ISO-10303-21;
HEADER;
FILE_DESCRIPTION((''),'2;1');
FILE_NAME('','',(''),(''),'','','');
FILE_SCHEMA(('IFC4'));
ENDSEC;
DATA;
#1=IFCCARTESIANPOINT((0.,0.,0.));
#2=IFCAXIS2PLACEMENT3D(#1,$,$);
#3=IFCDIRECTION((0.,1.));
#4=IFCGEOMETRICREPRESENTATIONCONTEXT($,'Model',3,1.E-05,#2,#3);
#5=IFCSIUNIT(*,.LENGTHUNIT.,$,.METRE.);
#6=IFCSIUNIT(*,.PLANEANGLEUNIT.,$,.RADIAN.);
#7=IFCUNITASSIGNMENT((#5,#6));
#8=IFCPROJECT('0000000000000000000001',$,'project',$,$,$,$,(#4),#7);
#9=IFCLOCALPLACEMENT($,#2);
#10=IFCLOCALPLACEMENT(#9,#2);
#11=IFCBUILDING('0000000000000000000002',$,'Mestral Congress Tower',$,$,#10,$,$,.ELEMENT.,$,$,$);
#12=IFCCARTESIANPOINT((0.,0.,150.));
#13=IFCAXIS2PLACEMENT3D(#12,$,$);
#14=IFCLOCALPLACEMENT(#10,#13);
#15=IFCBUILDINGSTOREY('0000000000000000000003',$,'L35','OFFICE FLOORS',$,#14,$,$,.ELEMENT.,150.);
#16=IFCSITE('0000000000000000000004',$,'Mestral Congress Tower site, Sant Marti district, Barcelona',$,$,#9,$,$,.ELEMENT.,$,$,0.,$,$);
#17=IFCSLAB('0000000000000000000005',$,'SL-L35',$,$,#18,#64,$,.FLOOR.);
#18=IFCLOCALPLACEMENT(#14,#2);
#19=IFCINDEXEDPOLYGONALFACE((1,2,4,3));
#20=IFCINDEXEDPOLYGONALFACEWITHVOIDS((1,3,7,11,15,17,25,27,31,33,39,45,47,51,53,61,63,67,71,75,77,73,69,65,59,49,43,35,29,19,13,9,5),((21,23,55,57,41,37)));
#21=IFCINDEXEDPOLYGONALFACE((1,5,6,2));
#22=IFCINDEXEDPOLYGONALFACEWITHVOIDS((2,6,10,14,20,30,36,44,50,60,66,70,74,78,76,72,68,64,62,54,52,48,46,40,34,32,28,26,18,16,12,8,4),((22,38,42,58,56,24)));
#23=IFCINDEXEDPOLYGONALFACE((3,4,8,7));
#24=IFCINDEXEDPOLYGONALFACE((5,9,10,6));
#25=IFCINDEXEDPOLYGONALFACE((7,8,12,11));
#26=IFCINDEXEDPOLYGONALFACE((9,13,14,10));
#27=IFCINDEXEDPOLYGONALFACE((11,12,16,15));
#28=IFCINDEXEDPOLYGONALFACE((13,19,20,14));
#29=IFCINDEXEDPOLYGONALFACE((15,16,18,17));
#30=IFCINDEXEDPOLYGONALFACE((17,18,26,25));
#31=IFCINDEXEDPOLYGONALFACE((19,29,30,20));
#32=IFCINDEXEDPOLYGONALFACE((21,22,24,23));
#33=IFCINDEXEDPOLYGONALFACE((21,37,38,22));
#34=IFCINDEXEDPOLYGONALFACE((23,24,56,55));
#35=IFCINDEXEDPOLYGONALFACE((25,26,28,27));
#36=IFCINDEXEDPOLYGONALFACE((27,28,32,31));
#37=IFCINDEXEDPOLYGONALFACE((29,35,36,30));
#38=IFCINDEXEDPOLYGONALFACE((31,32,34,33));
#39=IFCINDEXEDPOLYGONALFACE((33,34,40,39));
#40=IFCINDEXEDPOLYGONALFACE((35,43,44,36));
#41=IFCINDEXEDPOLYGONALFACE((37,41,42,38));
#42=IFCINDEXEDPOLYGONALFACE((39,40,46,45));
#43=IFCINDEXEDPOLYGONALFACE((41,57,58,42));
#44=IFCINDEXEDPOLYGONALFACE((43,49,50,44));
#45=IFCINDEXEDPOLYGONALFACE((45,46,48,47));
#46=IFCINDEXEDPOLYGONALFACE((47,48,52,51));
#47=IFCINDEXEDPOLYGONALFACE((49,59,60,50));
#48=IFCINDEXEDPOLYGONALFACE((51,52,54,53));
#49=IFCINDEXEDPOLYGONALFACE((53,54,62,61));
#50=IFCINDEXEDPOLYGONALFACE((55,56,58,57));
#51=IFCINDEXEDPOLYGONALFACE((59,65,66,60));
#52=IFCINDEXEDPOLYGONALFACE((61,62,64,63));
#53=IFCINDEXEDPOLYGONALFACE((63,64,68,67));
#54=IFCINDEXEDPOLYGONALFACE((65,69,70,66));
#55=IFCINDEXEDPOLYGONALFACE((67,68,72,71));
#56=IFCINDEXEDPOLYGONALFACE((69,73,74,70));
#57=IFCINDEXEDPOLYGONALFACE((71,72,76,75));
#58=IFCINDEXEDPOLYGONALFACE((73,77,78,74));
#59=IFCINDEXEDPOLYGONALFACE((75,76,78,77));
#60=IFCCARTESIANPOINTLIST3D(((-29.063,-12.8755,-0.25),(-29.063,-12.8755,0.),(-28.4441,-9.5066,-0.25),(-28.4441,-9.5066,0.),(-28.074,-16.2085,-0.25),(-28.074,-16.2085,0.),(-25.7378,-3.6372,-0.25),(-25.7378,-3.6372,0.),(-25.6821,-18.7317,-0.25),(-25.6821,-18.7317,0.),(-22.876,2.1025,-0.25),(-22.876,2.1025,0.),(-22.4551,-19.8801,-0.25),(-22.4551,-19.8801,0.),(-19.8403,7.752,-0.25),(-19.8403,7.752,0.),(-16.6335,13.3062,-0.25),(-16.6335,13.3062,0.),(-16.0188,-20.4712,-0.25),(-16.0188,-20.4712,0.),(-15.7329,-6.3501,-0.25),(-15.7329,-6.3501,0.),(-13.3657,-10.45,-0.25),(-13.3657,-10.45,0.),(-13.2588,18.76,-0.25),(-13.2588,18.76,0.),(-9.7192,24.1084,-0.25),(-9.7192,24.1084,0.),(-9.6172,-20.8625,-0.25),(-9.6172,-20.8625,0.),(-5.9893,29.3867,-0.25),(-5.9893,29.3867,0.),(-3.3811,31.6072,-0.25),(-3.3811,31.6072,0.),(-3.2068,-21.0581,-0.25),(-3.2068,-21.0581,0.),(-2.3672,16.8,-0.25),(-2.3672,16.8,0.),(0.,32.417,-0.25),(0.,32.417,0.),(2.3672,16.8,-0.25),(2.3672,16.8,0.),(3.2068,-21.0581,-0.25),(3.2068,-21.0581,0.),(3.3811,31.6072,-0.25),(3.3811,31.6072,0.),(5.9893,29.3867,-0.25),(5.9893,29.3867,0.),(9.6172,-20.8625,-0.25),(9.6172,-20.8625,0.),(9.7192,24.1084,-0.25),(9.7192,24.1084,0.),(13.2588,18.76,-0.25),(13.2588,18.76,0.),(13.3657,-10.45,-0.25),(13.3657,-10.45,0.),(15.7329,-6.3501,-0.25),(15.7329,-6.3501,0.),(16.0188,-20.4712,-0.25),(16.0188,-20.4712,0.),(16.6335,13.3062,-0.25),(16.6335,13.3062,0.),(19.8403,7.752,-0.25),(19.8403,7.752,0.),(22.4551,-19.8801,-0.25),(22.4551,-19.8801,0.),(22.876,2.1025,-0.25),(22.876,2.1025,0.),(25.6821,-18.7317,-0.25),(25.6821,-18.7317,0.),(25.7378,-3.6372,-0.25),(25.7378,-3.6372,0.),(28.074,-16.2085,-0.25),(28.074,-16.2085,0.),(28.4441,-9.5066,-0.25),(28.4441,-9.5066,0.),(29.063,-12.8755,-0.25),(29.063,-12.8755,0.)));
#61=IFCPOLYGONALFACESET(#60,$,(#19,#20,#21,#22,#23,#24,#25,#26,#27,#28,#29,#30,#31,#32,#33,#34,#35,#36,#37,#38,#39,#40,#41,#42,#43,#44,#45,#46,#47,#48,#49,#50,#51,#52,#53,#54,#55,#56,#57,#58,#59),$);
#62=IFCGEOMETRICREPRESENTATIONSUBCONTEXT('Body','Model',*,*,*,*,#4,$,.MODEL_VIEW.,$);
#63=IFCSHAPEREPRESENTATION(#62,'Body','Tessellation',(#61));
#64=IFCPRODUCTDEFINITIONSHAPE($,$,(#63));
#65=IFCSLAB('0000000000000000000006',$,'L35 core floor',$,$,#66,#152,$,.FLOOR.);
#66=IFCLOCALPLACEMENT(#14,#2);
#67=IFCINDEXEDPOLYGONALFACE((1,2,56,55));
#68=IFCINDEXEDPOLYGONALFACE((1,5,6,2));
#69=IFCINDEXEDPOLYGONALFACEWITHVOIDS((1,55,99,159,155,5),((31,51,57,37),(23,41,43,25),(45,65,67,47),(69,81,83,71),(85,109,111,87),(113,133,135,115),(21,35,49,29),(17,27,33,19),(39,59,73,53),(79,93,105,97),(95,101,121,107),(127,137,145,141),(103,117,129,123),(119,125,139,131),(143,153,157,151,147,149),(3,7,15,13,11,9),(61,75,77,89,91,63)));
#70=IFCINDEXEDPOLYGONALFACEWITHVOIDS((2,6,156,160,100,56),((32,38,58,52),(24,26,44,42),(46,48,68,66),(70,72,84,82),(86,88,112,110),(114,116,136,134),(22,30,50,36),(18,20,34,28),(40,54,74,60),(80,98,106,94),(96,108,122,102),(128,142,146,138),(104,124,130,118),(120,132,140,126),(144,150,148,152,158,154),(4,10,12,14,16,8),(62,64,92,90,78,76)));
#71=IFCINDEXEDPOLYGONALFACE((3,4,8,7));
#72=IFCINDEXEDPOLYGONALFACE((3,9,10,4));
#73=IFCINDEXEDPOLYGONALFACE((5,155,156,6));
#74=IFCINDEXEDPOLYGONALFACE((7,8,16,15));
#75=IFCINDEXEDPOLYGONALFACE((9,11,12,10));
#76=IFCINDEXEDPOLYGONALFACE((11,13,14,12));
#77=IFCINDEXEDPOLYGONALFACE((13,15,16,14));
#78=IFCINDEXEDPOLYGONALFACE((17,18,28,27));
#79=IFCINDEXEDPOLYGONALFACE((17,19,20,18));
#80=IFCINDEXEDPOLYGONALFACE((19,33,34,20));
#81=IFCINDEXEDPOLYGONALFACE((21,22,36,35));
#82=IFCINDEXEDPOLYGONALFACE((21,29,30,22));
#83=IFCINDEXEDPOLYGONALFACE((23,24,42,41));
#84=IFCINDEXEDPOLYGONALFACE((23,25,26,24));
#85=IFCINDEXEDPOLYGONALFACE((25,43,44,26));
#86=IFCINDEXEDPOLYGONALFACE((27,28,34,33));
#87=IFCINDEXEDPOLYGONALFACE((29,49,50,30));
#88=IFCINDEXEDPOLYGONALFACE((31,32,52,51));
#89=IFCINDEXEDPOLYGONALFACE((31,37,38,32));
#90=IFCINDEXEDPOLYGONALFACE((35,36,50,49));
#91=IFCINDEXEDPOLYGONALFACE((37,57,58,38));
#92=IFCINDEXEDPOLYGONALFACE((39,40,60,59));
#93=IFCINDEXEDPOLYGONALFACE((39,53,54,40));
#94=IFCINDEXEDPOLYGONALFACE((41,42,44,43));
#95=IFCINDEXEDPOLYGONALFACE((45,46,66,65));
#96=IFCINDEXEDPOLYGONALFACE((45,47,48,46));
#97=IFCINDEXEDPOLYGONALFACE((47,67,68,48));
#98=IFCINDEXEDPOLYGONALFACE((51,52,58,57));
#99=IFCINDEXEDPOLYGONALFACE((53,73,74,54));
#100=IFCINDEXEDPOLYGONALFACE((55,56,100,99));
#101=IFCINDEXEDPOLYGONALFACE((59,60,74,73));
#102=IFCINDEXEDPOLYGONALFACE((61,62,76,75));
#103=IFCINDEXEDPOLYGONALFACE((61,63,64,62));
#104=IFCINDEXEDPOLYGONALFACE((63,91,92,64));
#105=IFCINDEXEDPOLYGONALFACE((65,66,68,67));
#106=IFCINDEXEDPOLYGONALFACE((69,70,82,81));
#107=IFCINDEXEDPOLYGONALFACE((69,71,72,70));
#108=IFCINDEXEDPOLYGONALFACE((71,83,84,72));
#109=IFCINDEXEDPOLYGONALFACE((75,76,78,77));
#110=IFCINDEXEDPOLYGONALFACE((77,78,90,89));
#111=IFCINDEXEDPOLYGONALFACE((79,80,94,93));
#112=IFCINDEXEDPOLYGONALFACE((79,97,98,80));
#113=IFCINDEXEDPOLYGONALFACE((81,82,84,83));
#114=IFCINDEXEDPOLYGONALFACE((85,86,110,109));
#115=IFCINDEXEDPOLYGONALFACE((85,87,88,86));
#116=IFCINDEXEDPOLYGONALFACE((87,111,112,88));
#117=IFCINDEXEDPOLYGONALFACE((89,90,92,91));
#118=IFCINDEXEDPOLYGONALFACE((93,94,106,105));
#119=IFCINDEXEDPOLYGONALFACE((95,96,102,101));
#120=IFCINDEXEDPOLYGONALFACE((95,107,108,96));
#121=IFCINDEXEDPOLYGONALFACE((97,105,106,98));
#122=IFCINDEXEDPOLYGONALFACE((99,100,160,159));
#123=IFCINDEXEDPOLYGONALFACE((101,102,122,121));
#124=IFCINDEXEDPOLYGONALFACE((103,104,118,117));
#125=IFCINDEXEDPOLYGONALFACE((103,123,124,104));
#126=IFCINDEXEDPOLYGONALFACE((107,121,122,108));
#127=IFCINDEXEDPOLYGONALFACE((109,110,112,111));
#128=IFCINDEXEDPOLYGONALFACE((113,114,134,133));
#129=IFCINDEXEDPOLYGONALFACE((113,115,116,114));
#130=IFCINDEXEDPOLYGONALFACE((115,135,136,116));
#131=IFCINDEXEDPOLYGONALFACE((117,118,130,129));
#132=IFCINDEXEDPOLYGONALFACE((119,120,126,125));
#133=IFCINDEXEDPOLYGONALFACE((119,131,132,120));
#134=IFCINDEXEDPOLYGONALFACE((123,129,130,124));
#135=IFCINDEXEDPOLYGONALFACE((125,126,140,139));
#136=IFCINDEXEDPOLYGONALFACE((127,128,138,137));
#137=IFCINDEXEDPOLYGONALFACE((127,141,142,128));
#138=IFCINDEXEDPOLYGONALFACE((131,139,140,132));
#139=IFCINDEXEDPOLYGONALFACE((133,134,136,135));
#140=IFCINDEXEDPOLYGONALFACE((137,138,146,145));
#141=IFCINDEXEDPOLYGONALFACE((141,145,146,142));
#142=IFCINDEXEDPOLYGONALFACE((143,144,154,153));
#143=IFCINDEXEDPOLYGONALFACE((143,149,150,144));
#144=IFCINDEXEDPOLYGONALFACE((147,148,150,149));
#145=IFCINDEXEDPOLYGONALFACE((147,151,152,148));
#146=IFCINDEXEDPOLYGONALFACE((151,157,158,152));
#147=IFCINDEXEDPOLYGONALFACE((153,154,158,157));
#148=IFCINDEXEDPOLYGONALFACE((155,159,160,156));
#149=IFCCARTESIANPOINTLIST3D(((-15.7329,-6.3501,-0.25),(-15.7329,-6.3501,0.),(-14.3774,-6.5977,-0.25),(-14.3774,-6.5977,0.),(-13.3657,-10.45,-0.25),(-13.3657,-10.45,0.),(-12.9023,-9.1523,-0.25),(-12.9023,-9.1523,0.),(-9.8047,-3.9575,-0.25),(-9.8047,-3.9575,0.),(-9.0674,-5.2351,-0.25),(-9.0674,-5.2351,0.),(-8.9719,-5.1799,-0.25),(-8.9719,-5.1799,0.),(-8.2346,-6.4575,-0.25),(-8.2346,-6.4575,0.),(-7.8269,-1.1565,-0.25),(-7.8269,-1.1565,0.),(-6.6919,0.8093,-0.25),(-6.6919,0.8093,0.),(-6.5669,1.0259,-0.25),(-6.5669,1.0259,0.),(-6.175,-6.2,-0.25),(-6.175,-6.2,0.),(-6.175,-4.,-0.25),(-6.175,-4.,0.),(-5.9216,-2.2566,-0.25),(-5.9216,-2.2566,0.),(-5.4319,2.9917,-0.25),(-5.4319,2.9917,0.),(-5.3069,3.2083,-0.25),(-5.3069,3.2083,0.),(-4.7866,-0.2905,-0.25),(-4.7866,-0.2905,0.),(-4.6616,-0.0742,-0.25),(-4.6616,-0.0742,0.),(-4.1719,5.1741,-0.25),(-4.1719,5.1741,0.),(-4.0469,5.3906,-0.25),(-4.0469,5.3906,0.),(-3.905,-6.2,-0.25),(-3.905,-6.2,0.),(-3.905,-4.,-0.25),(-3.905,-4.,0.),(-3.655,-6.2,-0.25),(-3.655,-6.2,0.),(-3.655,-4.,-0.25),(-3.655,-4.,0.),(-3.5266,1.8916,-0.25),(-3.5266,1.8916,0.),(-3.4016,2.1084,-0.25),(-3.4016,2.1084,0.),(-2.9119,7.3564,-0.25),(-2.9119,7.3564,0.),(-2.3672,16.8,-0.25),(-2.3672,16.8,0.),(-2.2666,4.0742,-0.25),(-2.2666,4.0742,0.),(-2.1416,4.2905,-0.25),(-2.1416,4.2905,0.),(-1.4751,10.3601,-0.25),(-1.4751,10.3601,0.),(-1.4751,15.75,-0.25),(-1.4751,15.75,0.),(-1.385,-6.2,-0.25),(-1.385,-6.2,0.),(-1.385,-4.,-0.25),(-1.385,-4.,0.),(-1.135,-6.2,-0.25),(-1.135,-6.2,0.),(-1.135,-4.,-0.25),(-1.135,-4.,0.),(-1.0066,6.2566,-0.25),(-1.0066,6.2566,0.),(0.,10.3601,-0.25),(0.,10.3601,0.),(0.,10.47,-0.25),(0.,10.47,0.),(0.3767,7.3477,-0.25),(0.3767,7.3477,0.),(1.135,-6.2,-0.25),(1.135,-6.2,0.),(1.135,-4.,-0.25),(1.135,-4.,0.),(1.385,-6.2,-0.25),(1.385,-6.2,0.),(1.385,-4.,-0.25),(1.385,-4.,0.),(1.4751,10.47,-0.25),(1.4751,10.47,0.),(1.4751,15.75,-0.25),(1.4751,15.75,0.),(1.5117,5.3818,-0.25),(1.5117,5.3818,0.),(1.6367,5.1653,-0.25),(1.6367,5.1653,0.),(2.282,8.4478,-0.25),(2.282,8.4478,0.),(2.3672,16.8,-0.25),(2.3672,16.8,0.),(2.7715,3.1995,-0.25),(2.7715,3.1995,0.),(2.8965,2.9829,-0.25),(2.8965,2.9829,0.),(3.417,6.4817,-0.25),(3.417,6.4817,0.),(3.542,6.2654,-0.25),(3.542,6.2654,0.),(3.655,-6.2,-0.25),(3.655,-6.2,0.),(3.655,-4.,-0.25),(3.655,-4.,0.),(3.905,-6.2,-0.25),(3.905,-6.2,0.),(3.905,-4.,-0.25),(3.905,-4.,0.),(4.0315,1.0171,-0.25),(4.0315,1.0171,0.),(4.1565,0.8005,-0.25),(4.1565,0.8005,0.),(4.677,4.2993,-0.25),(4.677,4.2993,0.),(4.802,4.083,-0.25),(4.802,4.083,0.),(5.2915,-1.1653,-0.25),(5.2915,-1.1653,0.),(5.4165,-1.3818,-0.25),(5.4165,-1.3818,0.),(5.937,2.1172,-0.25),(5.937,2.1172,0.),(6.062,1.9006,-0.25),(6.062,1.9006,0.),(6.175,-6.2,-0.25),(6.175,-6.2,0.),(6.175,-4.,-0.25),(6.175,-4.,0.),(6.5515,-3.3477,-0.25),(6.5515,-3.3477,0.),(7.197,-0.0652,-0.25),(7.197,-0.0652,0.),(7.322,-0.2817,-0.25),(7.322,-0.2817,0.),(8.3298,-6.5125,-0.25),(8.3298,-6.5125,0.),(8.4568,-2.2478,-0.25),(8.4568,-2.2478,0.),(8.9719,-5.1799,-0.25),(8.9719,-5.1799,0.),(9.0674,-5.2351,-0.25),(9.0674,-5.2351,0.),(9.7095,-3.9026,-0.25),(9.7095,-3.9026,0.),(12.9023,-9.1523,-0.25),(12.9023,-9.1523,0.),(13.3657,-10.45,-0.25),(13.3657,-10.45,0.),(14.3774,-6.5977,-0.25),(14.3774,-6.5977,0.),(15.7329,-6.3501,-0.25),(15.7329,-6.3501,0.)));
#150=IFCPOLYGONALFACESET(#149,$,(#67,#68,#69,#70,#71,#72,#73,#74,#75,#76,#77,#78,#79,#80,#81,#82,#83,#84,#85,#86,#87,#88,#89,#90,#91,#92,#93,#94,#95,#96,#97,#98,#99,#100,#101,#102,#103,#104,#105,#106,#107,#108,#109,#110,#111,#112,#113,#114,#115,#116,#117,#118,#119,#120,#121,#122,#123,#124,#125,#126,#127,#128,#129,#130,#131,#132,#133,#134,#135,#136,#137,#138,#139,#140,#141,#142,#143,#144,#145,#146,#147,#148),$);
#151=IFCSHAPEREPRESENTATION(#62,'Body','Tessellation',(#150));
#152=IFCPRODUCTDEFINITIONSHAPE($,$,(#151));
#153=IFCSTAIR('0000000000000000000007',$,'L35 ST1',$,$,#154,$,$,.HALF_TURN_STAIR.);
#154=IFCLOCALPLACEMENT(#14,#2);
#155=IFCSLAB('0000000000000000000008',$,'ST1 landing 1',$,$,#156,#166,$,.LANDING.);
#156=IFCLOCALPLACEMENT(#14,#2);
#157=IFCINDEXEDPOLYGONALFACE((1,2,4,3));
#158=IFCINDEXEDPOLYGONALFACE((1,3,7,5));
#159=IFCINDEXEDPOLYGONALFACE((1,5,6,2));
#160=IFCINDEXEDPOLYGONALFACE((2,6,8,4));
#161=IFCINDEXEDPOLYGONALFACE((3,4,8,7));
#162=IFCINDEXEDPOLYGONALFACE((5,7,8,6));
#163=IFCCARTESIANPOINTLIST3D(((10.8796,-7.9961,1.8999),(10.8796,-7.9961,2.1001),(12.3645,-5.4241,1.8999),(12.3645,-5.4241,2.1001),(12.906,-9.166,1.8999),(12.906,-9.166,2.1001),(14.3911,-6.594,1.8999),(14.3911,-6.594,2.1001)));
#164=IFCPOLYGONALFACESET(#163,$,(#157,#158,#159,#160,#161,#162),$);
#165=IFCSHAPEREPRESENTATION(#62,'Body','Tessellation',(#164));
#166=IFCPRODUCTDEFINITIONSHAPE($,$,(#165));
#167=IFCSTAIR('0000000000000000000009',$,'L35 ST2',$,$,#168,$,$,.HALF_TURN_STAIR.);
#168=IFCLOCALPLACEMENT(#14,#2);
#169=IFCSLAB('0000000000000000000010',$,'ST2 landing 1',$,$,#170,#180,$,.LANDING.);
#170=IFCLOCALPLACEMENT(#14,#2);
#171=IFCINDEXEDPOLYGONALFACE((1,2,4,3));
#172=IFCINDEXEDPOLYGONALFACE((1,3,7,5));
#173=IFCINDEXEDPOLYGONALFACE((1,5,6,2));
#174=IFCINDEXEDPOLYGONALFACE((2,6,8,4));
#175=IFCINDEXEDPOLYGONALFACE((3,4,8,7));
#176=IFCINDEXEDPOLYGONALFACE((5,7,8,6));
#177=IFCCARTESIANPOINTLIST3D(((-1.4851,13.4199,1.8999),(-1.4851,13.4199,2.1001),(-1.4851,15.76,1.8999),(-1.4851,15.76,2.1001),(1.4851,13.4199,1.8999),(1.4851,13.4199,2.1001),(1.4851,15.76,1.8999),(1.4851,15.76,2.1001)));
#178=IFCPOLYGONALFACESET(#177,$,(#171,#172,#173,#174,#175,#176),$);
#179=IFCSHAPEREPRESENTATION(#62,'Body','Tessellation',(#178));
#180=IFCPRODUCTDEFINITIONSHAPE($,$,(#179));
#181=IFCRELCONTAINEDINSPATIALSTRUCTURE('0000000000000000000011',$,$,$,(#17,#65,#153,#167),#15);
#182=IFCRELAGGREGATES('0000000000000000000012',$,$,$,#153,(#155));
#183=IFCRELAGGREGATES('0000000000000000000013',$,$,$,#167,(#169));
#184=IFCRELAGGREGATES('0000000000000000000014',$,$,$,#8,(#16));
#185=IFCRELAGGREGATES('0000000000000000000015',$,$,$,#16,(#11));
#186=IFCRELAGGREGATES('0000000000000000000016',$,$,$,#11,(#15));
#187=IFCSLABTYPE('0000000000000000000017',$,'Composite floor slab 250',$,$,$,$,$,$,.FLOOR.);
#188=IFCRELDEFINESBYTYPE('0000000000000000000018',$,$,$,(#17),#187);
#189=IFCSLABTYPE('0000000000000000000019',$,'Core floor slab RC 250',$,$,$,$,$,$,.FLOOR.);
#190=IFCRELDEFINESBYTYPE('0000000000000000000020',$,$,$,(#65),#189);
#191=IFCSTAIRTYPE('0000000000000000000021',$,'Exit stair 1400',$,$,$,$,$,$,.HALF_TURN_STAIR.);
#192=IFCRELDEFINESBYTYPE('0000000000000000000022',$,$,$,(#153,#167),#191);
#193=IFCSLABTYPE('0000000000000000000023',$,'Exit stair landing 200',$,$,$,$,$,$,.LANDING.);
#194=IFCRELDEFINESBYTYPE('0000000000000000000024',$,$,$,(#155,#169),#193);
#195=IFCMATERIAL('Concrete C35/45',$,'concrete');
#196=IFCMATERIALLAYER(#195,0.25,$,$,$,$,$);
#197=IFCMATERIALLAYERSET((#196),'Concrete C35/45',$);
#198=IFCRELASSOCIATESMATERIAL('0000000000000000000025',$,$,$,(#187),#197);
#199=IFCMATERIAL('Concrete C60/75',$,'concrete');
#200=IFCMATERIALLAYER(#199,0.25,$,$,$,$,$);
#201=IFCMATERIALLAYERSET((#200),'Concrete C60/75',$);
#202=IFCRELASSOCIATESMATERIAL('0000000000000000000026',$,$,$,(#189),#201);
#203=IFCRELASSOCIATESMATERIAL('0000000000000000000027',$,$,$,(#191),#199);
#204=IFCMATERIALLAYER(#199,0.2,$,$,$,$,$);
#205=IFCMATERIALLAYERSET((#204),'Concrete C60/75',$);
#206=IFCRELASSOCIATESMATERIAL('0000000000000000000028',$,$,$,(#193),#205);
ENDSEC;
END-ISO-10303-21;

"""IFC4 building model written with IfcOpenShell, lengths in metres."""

from ifc_helpers import new_model, si_unit, direction, frame, origin, place, context, subcontext, project, spatial, polyline, outline, extrude, material, layer, layer_set, type_object, element, aggregate, save


model = new_model("IFC4")

# Units and contexts
model_context = context("Model", 3, precision=1e-05, world=origin(), true_north=direction((0.0, 1.0)))
body_context = subcontext(model_context, "Body", "Model", "MODEL_VIEW")
ifc_project = project(units=[si_unit("LENGTHUNIT", "METRE"), si_unit("PLANEANGLEUNIT", "RADIAN")], contexts=[model_context])

# Site, building, storey
site_placement = place(None, origin())
site = spatial("IfcSite", under=ifc_project, at=site_placement, Name="Mestral Congress Tower site, Sant Marti district, Barcelona", CompositionType="ELEMENT", RefElevation=0.0)
building_placement = place(site_placement, origin())
building = spatial("IfcBuilding", under=site, at=building_placement, Name="Mestral Congress Tower", CompositionType="ELEMENT")
storey_placement = place(building_placement, frame((0.0, 0.0, 150.0)))
storey = spatial("IfcBuildingStorey", under=building, at=storey_placement, Name="L35", Description="OFFICE FLOORS", CompositionType="ELEMENT", Elevation=150.0)

# Slabs
ifc_material_1 = material(Name="Concrete C35/45", Category="concrete")
ifc_layer_1 = layer(ifc_material_1, 0.25)
ifc_layer_set_1 = layer_set([ifc_layer_1], Name="Concrete C35/45")
slab_type_1 = type_object("IfcSlabType", Name="Composite floor slab 250", PredefinedType="FLOOR", material=ifc_layer_set_1)
placement_1 = place(storey_placement, frame((0.0, 0.0, -0.25)))
element("IfcSlab", 1, at=placement_1, inside=storey, type_object=slab_type_1, Name="SL-L35", PredefinedType="FLOOR", context=body_context, shape_type="SweptSolid", body=[
    extrude(outline(polyline([(-22.4551, -19.8801), (-25.6821, -18.7317), (-28.074, -16.2085), (-29.063, -12.8755), (-28.4441, -9.5066), (-25.7378, -3.6372), (-22.876, 2.1025), (-19.8403, 7.752), (-16.6335, 13.3062), (-13.2588, 18.76), (-9.7192, 24.1084), (-5.9893, 29.3867), (-3.3811, 31.6072), (0.0, 32.417), (3.3811, 31.6072), (5.9893, 29.3867), (9.7192, 24.1084), (13.2588, 18.76), (16.6335, 13.3062), (19.8403, 7.752), (22.876, 2.1025), (25.7378, -3.6372), (28.4441, -9.5066), (29.063, -12.8755), (28.074, -16.2085), (25.6821, -18.7317), (22.4551, -19.8801), (16.0188, -20.4712), (9.6172, -20.8625), (3.2068, -21.0581), (-3.2068, -21.0581), (-9.6172, -20.8625), (-16.0188, -20.4712), (-22.4551, -19.8801)]), holes=[polyline([(-2.3672, 16.8), (-15.7329, -6.3501), (-13.3657, -10.45), (13.3657, -10.45), (15.7329, -6.3501), (2.3672, 16.8), (-2.3672, 16.8)])]), origin(), (0.0, 0.0, 1.0), 0.25),
])
ifc_material_2 = material(Name="Concrete C60/75", Category="concrete")
ifc_layer_2 = layer(ifc_material_2, 0.25)
ifc_layer_set_2 = layer_set([ifc_layer_2], Name="Concrete C60/75")
slab_type_2 = type_object("IfcSlabType", Name="Core floor slab RC 250", PredefinedType="FLOOR", material=ifc_layer_set_2)
element("IfcSlab", 2, at=placement_1, inside=storey, type_object=slab_type_2, Name="L35 core floor", PredefinedType="FLOOR", context=body_context, shape_type="SweptSolid", body=[
    extrude(outline(polyline([(13.3657, -10.45), (-13.3657, -10.45), (-15.7329, -6.3501), (-2.3672, 16.8), (2.3672, 16.8), (15.7329, -6.3501), (13.3657, -10.45)]), holes=[polyline([(-9.8047, -3.9575), (-14.3774, -6.5977), (-12.9023, -9.1523), (-8.2346, -6.4575), (-8.9719, -5.1799), (-9.0674, -5.2351), (-9.8047, -3.9575)]), polyline([(-3.905, -4.0), (-6.175, -4.0), (-6.175, -6.2), (-3.905, -6.2), (-3.905, -4.0)]), polyline([(-1.385, -4.0), (-3.655, -4.0), (-3.655, -6.2), (-1.385, -6.2), (-1.385, -4.0)]), polyline([(1.135, -4.0), (-1.135, -4.0), (-1.135, -6.2), (1.135, -6.2), (1.135, -4.0)]), polyline([(-5.9216, -2.2566), (-4.7866, -0.2905), (-6.6919, 0.8093), (-7.8269, -1.1565), (-5.9216, -2.2566)]), polyline([(-4.6616, -0.0742), (-3.5266, 1.8916), (-5.4319, 2.9917), (-6.5669, 1.0259), (-4.6616, -0.0742)]), polyline([(-3.4016, 2.1084), (-2.2666, 4.0742), (-4.1719, 5.1741), (-5.3069, 3.2083), (-3.4016, 2.1084)]), polyline([(-2.1416, 4.2905), (-1.0066, 6.2566), (-2.9119, 7.3564), (-4.0469, 5.3906), (-2.1416, 4.2905)]), polyline([(1.4751, 10.47), (1.4751, 15.75), (-1.4751, 15.75), (-1.4751, 10.3601), (0.0, 10.3601), (0.0, 10.47), (1.4751, 10.47)]), polyline([(8.3298, -6.5125), (12.9023, -9.1523), (14.3774, -6.5977), (9.7095, -3.9026), (8.9719, -5.1799), (9.0674, -5.2351), (8.3298, -6.5125)]), polyline([(3.655, -4.0), (1.385, -4.0), (1.385, -6.2), (3.655, -6.2), (3.655, -4.0)]), polyline([(6.175, -4.0), (3.905, -4.0), (3.905, -6.2), (6.175, -6.2), (6.175, -4.0)]), polyline([(5.4165, -1.3818), (6.5515, -3.3477), (8.4568, -2.2478), (7.322, -0.2817), (5.4165, -1.3818)]), polyline([(4.1565, 0.8005), (5.2915, -1.1653), (7.197, -0.0652), (6.062, 1.9006), (4.1565, 0.8005)]), polyline([(2.8965, 2.9829), (4.0315, 1.0171), (5.937, 2.1172), (4.802, 4.083), (2.8965, 2.9829)]), polyline([(3.542, 6.2654), (1.6367, 5.1653), (2.7715, 3.1995), (4.677, 4.2993), (3.542, 6.2654)]), polyline([(2.282, 8.4478), (0.3767, 7.3477), (1.5117, 5.3818), (3.417, 6.4817), (2.282, 8.4478)])]), origin(), (0.0, 0.0, 1.0), 0.25),
])

# Stairs, slabs
stair_type = type_object("IfcStairType", Name="Exit stair 1400", PredefinedType="HALF_TURN_STAIR", material=ifc_material_2)
placement_2 = place(storey_placement, origin())
stair_1 = element("IfcStair", 3, at=placement_2, inside=storey, type_object=stair_type, Name="L35 ST1", PredefinedType="HALF_TURN_STAIR")
ifc_layer_3 = layer(ifc_material_2, 0.2)
ifc_layer_set_3 = layer_set([ifc_layer_3], Name="Concrete C60/75")
slab_type_3 = type_object("IfcSlabType", Name="Exit stair landing 200", PredefinedType="LANDING", material=ifc_layer_set_3)
placement_3 = place(storey_placement, frame((0.0, 0.0, 1.8999)))
slab_1 = element("IfcSlab", 4, at=placement_3, type_object=slab_type_3, Name="ST1 landing 1", PredefinedType="LANDING", context=body_context, shape_type="SweptSolid", body=[
    extrude(outline(polyline([(10.8796, -7.9961), (12.3645, -5.4241), (14.3911, -6.594), (12.906, -9.166), (10.8796, -7.9961)])), origin(), (0.0, 0.0, 1.0), 0.2002),
])
aggregate(stair_1, [slab_1])
stair_2 = element("IfcStair", 5, at=placement_2, inside=storey, type_object=stair_type, Name="L35 ST2", PredefinedType="HALF_TURN_STAIR")
slab_2 = element("IfcSlab", 6, at=placement_3, type_object=slab_type_3, Name="ST2 landing 1", PredefinedType="LANDING", context=body_context, shape_type="SweptSolid", body=[
    extrude(outline(polyline([(1.4851, 13.4199), (-1.4851, 13.4199), (-1.4851, 15.76), (1.4851, 15.76), (1.4851, 13.4199)])), origin(), (0.0, 0.0, 1.0), 0.2002),
])
aggregate(stair_2, [slab_2])

save(model, "model.ifc")
